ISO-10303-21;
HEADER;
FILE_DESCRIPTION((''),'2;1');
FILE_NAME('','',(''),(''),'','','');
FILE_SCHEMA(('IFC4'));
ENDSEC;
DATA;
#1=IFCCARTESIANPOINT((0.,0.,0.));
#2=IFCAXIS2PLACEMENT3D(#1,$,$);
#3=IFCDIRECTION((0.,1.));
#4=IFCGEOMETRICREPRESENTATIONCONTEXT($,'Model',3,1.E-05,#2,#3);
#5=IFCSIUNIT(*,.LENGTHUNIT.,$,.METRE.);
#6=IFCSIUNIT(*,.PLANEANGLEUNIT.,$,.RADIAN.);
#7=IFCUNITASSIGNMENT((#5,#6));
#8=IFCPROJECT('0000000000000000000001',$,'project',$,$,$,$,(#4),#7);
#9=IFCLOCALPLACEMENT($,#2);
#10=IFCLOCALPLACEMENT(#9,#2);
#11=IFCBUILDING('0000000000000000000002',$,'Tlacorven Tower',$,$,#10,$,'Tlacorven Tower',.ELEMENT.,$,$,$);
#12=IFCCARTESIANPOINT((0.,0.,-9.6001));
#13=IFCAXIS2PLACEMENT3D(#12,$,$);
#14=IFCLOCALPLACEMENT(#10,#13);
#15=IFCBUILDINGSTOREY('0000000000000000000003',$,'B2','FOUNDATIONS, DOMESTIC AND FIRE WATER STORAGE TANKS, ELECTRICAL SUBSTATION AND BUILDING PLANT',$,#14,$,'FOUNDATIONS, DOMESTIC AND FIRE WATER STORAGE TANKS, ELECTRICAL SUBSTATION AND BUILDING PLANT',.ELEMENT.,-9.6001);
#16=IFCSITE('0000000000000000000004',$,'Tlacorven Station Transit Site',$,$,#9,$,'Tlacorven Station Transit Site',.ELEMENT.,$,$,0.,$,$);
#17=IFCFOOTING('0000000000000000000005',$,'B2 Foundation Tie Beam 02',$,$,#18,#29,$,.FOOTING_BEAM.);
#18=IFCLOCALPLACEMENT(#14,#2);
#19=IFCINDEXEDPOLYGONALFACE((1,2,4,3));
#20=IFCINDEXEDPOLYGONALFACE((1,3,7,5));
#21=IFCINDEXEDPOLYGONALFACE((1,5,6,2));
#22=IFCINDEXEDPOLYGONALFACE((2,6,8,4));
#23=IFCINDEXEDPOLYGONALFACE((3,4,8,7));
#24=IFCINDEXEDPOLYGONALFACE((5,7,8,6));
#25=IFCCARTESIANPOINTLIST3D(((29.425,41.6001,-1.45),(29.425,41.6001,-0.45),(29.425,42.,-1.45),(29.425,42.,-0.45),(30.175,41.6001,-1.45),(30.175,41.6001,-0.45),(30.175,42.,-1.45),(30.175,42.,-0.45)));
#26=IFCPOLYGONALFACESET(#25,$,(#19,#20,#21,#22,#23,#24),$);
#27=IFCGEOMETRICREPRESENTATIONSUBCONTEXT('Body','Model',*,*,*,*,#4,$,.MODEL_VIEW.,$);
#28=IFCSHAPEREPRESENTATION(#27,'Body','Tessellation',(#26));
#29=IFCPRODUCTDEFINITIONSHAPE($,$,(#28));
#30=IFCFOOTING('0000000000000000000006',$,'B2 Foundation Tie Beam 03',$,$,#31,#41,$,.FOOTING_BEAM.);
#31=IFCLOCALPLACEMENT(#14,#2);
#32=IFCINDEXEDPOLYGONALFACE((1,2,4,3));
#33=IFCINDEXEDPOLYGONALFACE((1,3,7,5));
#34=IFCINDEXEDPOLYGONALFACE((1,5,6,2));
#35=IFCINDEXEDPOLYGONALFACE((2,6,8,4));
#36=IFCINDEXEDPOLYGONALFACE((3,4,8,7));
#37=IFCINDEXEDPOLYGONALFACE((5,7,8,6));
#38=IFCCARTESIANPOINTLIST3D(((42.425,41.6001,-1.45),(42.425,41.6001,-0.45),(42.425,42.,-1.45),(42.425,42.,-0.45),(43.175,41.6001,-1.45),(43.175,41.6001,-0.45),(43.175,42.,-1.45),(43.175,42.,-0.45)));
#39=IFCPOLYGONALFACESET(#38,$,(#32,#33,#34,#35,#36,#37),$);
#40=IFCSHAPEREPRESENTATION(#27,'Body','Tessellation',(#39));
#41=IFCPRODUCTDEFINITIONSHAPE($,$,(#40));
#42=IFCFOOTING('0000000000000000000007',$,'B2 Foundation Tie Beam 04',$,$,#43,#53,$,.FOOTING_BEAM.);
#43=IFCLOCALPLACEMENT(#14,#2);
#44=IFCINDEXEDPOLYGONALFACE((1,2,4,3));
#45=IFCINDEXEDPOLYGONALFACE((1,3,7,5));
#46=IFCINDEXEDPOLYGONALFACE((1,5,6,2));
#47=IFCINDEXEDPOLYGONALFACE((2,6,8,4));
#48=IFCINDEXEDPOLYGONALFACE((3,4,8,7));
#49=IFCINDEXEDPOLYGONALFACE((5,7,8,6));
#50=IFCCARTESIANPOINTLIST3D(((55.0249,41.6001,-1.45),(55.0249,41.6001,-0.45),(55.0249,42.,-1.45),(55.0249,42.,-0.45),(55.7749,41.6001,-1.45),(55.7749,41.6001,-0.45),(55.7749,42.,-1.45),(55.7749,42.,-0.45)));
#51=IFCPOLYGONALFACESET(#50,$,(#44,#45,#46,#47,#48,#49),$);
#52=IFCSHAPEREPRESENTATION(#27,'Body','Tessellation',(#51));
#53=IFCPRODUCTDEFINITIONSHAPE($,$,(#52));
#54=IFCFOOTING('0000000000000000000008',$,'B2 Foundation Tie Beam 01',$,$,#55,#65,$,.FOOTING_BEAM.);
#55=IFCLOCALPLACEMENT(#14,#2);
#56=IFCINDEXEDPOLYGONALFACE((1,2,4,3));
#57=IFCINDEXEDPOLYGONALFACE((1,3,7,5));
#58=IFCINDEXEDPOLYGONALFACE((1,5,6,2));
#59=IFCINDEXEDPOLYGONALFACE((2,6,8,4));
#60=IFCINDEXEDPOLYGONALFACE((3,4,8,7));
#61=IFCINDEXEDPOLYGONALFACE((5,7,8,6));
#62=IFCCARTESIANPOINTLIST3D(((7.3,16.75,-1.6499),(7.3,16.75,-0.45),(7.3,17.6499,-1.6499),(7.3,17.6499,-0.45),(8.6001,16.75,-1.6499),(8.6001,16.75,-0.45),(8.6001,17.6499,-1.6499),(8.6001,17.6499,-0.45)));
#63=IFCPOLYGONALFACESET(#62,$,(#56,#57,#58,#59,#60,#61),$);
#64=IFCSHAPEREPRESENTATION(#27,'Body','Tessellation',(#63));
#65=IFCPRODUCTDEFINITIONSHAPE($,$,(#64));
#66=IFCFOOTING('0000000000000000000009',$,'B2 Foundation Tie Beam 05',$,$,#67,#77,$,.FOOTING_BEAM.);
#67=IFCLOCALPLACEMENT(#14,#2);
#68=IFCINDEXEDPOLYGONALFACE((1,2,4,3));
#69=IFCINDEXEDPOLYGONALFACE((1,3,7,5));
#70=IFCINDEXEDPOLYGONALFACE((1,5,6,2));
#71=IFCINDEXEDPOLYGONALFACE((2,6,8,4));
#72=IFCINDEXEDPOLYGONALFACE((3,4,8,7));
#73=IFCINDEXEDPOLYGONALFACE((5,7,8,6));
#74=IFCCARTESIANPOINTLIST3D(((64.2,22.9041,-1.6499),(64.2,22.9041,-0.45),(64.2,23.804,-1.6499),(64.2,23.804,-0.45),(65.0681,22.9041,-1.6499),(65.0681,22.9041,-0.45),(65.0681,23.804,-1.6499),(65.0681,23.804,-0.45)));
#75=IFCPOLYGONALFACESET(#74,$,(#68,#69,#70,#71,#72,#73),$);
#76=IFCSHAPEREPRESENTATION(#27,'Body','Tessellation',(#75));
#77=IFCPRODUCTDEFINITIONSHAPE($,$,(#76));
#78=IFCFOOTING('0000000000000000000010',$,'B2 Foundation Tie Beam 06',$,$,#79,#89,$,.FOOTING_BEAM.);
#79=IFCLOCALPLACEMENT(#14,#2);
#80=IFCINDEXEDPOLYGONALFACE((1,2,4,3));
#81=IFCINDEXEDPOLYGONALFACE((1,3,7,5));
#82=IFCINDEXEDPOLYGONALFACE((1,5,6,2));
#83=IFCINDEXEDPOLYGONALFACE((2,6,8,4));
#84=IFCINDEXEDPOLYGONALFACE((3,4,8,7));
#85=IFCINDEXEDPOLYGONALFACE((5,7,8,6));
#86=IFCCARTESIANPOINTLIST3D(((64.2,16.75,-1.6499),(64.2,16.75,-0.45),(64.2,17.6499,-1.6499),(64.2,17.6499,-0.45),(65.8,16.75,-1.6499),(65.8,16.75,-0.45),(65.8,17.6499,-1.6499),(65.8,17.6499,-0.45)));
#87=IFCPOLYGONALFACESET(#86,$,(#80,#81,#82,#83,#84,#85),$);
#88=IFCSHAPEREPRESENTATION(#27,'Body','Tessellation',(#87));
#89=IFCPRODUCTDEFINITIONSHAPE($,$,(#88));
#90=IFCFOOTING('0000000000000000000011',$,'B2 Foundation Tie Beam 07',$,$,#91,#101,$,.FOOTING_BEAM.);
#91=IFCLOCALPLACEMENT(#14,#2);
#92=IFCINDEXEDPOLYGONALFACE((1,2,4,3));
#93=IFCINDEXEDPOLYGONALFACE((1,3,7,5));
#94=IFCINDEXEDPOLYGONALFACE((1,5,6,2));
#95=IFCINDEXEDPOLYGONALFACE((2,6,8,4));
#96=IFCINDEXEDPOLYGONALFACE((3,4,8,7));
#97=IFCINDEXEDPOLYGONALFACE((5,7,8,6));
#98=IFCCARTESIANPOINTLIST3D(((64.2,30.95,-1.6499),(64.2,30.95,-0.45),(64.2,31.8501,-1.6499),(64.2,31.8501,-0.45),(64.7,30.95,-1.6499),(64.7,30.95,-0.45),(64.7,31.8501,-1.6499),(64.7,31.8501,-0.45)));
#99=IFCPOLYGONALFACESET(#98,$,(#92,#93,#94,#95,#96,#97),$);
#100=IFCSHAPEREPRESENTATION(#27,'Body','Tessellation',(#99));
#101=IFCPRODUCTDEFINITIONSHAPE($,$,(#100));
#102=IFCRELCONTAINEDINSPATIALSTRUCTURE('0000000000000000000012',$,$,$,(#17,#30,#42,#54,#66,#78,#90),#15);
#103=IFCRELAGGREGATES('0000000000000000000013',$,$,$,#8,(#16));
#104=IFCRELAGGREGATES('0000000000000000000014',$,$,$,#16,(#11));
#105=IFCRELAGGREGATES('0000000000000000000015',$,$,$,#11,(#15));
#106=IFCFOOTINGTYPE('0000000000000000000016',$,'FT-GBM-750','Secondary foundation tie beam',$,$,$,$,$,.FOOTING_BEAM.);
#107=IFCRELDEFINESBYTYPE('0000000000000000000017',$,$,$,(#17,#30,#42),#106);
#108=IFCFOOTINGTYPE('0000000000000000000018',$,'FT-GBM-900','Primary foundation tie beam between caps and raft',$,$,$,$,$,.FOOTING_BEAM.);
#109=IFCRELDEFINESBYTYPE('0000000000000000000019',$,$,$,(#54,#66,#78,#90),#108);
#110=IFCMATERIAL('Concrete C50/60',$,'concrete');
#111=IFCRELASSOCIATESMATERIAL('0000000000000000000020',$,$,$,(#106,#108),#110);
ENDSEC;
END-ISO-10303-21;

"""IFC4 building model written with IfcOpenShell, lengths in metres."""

from ifc_helpers import new_model, si_unit, direction, frame, origin, place, context, subcontext, project, spatial, polyline, outline, extrude, material, type_object, element, save


model = new_model("IFC4")

# Units and contexts
model_context = context("Model", 3, precision=1e-05, world=origin(), true_north=direction((0.0, 1.0)))
body_context = subcontext(model_context, "Body", "Model", "MODEL_VIEW")
ifc_project = project(units=[si_unit("LENGTHUNIT", "METRE"), si_unit("PLANEANGLEUNIT", "RADIAN")], contexts=[model_context])

# Site, building, storey
site_placement = place(None, origin())
site = spatial("IfcSite", under=ifc_project, at=site_placement, Name="Tlacorven Station Transit Site", LongName="Tlacorven Station Transit Site", CompositionType="ELEMENT", RefElevation=0.0)
building_placement = place(site_placement, origin())
building = spatial("IfcBuilding", under=site, at=building_placement, Name="Tlacorven Tower", LongName="Tlacorven Tower", CompositionType="ELEMENT")
storey_placement = place(building_placement, frame((0.0, 0.0, -9.6001)))
storey = spatial("IfcBuildingStorey", under=building, at=storey_placement, Name="B2", Description="FOUNDATIONS, DOMESTIC AND FIRE WATER STORAGE TANKS, ELECTRICAL SUBSTATION AND BUILDING PLANT", LongName="FOUNDATIONS, DOMESTIC AND FIRE WATER STORAGE TANKS, ELECTRICAL SUBSTATION AND BUILDING PLANT", CompositionType="ELEMENT", Elevation=-9.6001)

# Footings
ifc_material_1 = material(Name="Concrete C50/60", Category="concrete")
footing_type_1 = type_object("IfcFootingType", Name="FT-GBM-750", Description="Secondary foundation tie beam", PredefinedType="FOOTING_BEAM", material=ifc_material_1)
footing_1_placement = place(storey_placement, frame((0.0, 0.0, -1.45)))
element("IfcFooting", 1, at=footing_1_placement, inside=storey, type_object=footing_type_1, Name="B2 Foundation Tie Beam 02", PredefinedType="FOOTING_BEAM", context=body_context, shape_type="SweptSolid", body=[
    extrude(outline(polyline([(30.175, 41.6001), (30.175, 42.0), (29.425, 42.0), (29.425, 41.6001), (30.175, 41.6001)])), origin(), (0.0, 0.0, 1.0), 1.0),
])
footing_2_placement = place(storey_placement, frame((0.0, 0.0, -1.45)))
element("IfcFooting", 2, at=footing_2_placement, inside=storey, type_object=footing_type_1, Name="B2 Foundation Tie Beam 03", PredefinedType="FOOTING_BEAM", context=body_context, shape_type="SweptSolid", body=[
    extrude(outline(polyline([(43.175, 41.6001), (43.175, 42.0), (42.425, 42.0), (42.425, 41.6001), (43.175, 41.6001)])), origin(), (0.0, 0.0, 1.0), 1.0),
])
footing_3_placement = place(storey_placement, frame((0.0, 0.0, -1.45)))
element("IfcFooting", 3, at=footing_3_placement, inside=storey, type_object=footing_type_1, Name="B2 Foundation Tie Beam 04", PredefinedType="FOOTING_BEAM", context=body_context, shape_type="SweptSolid", body=[
    extrude(outline(polyline([(55.7749, 41.6001), (55.7749, 42.0), (55.0249, 42.0), (55.0249, 41.6001), (55.7749, 41.6001)])), origin(), (0.0, 0.0, 1.0), 1.0),
])
footing_type_2 = type_object("IfcFootingType", Name="FT-GBM-900", Description="Primary foundation tie beam between caps and raft", PredefinedType="FOOTING_BEAM", material=ifc_material_1)
footing_4_placement = place(storey_placement, frame((0.0, 0.0, -1.6499)))
element("IfcFooting", 4, at=footing_4_placement, inside=storey, type_object=footing_type_2, Name="B2 Foundation Tie Beam 01", PredefinedType="FOOTING_BEAM", context=body_context, shape_type="SweptSolid", body=[
    extrude(outline(polyline([(7.3, 16.75), (8.6001, 16.75), (8.6001, 17.6499), (7.3, 17.6499), (7.3, 16.75)])), origin(), (0.0, 0.0, 1.0), 1.2),
])
footing_5_placement = place(storey_placement, frame((0.0, 0.0, -1.6499)))
element("IfcFooting", 5, at=footing_5_placement, inside=storey, type_object=footing_type_2, Name="B2 Foundation Tie Beam 05", PredefinedType="FOOTING_BEAM", context=body_context, shape_type="SweptSolid", body=[
    extrude(outline(polyline([(64.2, 22.9041), (65.0681, 22.9041), (65.0681, 23.804), (64.2, 23.804), (64.2, 22.9041)])), origin(), (0.0, 0.0, 1.0), 1.2),
])
footing_6_placement = place(storey_placement, frame((0.0, 0.0, -1.6499)))
element("IfcFooting", 6, at=footing_6_placement, inside=storey, type_object=footing_type_2, Name="B2 Foundation Tie Beam 06", PredefinedType="FOOTING_BEAM", context=body_context, shape_type="SweptSolid", body=[
    extrude(outline(polyline([(64.2, 16.75), (65.8, 16.75), (65.8, 17.6499), (64.2, 17.6499), (64.2, 16.75)])), origin(), (0.0, 0.0, 1.0), 1.2),
])
footing_7_placement = place(storey_placement, frame((0.0, 0.0, -1.6499)))
element("IfcFooting", 7, at=footing_7_placement, inside=storey, type_object=footing_type_2, Name="B2 Foundation Tie Beam 07", PredefinedType="FOOTING_BEAM", context=body_context, shape_type="SweptSolid", body=[
    extrude(outline(polyline([(64.2, 30.95), (64.7, 30.95), (64.7, 31.8501), (64.2, 31.8501), (64.2, 30.95)])), origin(), (0.0, 0.0, 1.0), 1.2),
])

save(model, "model.ifc")
